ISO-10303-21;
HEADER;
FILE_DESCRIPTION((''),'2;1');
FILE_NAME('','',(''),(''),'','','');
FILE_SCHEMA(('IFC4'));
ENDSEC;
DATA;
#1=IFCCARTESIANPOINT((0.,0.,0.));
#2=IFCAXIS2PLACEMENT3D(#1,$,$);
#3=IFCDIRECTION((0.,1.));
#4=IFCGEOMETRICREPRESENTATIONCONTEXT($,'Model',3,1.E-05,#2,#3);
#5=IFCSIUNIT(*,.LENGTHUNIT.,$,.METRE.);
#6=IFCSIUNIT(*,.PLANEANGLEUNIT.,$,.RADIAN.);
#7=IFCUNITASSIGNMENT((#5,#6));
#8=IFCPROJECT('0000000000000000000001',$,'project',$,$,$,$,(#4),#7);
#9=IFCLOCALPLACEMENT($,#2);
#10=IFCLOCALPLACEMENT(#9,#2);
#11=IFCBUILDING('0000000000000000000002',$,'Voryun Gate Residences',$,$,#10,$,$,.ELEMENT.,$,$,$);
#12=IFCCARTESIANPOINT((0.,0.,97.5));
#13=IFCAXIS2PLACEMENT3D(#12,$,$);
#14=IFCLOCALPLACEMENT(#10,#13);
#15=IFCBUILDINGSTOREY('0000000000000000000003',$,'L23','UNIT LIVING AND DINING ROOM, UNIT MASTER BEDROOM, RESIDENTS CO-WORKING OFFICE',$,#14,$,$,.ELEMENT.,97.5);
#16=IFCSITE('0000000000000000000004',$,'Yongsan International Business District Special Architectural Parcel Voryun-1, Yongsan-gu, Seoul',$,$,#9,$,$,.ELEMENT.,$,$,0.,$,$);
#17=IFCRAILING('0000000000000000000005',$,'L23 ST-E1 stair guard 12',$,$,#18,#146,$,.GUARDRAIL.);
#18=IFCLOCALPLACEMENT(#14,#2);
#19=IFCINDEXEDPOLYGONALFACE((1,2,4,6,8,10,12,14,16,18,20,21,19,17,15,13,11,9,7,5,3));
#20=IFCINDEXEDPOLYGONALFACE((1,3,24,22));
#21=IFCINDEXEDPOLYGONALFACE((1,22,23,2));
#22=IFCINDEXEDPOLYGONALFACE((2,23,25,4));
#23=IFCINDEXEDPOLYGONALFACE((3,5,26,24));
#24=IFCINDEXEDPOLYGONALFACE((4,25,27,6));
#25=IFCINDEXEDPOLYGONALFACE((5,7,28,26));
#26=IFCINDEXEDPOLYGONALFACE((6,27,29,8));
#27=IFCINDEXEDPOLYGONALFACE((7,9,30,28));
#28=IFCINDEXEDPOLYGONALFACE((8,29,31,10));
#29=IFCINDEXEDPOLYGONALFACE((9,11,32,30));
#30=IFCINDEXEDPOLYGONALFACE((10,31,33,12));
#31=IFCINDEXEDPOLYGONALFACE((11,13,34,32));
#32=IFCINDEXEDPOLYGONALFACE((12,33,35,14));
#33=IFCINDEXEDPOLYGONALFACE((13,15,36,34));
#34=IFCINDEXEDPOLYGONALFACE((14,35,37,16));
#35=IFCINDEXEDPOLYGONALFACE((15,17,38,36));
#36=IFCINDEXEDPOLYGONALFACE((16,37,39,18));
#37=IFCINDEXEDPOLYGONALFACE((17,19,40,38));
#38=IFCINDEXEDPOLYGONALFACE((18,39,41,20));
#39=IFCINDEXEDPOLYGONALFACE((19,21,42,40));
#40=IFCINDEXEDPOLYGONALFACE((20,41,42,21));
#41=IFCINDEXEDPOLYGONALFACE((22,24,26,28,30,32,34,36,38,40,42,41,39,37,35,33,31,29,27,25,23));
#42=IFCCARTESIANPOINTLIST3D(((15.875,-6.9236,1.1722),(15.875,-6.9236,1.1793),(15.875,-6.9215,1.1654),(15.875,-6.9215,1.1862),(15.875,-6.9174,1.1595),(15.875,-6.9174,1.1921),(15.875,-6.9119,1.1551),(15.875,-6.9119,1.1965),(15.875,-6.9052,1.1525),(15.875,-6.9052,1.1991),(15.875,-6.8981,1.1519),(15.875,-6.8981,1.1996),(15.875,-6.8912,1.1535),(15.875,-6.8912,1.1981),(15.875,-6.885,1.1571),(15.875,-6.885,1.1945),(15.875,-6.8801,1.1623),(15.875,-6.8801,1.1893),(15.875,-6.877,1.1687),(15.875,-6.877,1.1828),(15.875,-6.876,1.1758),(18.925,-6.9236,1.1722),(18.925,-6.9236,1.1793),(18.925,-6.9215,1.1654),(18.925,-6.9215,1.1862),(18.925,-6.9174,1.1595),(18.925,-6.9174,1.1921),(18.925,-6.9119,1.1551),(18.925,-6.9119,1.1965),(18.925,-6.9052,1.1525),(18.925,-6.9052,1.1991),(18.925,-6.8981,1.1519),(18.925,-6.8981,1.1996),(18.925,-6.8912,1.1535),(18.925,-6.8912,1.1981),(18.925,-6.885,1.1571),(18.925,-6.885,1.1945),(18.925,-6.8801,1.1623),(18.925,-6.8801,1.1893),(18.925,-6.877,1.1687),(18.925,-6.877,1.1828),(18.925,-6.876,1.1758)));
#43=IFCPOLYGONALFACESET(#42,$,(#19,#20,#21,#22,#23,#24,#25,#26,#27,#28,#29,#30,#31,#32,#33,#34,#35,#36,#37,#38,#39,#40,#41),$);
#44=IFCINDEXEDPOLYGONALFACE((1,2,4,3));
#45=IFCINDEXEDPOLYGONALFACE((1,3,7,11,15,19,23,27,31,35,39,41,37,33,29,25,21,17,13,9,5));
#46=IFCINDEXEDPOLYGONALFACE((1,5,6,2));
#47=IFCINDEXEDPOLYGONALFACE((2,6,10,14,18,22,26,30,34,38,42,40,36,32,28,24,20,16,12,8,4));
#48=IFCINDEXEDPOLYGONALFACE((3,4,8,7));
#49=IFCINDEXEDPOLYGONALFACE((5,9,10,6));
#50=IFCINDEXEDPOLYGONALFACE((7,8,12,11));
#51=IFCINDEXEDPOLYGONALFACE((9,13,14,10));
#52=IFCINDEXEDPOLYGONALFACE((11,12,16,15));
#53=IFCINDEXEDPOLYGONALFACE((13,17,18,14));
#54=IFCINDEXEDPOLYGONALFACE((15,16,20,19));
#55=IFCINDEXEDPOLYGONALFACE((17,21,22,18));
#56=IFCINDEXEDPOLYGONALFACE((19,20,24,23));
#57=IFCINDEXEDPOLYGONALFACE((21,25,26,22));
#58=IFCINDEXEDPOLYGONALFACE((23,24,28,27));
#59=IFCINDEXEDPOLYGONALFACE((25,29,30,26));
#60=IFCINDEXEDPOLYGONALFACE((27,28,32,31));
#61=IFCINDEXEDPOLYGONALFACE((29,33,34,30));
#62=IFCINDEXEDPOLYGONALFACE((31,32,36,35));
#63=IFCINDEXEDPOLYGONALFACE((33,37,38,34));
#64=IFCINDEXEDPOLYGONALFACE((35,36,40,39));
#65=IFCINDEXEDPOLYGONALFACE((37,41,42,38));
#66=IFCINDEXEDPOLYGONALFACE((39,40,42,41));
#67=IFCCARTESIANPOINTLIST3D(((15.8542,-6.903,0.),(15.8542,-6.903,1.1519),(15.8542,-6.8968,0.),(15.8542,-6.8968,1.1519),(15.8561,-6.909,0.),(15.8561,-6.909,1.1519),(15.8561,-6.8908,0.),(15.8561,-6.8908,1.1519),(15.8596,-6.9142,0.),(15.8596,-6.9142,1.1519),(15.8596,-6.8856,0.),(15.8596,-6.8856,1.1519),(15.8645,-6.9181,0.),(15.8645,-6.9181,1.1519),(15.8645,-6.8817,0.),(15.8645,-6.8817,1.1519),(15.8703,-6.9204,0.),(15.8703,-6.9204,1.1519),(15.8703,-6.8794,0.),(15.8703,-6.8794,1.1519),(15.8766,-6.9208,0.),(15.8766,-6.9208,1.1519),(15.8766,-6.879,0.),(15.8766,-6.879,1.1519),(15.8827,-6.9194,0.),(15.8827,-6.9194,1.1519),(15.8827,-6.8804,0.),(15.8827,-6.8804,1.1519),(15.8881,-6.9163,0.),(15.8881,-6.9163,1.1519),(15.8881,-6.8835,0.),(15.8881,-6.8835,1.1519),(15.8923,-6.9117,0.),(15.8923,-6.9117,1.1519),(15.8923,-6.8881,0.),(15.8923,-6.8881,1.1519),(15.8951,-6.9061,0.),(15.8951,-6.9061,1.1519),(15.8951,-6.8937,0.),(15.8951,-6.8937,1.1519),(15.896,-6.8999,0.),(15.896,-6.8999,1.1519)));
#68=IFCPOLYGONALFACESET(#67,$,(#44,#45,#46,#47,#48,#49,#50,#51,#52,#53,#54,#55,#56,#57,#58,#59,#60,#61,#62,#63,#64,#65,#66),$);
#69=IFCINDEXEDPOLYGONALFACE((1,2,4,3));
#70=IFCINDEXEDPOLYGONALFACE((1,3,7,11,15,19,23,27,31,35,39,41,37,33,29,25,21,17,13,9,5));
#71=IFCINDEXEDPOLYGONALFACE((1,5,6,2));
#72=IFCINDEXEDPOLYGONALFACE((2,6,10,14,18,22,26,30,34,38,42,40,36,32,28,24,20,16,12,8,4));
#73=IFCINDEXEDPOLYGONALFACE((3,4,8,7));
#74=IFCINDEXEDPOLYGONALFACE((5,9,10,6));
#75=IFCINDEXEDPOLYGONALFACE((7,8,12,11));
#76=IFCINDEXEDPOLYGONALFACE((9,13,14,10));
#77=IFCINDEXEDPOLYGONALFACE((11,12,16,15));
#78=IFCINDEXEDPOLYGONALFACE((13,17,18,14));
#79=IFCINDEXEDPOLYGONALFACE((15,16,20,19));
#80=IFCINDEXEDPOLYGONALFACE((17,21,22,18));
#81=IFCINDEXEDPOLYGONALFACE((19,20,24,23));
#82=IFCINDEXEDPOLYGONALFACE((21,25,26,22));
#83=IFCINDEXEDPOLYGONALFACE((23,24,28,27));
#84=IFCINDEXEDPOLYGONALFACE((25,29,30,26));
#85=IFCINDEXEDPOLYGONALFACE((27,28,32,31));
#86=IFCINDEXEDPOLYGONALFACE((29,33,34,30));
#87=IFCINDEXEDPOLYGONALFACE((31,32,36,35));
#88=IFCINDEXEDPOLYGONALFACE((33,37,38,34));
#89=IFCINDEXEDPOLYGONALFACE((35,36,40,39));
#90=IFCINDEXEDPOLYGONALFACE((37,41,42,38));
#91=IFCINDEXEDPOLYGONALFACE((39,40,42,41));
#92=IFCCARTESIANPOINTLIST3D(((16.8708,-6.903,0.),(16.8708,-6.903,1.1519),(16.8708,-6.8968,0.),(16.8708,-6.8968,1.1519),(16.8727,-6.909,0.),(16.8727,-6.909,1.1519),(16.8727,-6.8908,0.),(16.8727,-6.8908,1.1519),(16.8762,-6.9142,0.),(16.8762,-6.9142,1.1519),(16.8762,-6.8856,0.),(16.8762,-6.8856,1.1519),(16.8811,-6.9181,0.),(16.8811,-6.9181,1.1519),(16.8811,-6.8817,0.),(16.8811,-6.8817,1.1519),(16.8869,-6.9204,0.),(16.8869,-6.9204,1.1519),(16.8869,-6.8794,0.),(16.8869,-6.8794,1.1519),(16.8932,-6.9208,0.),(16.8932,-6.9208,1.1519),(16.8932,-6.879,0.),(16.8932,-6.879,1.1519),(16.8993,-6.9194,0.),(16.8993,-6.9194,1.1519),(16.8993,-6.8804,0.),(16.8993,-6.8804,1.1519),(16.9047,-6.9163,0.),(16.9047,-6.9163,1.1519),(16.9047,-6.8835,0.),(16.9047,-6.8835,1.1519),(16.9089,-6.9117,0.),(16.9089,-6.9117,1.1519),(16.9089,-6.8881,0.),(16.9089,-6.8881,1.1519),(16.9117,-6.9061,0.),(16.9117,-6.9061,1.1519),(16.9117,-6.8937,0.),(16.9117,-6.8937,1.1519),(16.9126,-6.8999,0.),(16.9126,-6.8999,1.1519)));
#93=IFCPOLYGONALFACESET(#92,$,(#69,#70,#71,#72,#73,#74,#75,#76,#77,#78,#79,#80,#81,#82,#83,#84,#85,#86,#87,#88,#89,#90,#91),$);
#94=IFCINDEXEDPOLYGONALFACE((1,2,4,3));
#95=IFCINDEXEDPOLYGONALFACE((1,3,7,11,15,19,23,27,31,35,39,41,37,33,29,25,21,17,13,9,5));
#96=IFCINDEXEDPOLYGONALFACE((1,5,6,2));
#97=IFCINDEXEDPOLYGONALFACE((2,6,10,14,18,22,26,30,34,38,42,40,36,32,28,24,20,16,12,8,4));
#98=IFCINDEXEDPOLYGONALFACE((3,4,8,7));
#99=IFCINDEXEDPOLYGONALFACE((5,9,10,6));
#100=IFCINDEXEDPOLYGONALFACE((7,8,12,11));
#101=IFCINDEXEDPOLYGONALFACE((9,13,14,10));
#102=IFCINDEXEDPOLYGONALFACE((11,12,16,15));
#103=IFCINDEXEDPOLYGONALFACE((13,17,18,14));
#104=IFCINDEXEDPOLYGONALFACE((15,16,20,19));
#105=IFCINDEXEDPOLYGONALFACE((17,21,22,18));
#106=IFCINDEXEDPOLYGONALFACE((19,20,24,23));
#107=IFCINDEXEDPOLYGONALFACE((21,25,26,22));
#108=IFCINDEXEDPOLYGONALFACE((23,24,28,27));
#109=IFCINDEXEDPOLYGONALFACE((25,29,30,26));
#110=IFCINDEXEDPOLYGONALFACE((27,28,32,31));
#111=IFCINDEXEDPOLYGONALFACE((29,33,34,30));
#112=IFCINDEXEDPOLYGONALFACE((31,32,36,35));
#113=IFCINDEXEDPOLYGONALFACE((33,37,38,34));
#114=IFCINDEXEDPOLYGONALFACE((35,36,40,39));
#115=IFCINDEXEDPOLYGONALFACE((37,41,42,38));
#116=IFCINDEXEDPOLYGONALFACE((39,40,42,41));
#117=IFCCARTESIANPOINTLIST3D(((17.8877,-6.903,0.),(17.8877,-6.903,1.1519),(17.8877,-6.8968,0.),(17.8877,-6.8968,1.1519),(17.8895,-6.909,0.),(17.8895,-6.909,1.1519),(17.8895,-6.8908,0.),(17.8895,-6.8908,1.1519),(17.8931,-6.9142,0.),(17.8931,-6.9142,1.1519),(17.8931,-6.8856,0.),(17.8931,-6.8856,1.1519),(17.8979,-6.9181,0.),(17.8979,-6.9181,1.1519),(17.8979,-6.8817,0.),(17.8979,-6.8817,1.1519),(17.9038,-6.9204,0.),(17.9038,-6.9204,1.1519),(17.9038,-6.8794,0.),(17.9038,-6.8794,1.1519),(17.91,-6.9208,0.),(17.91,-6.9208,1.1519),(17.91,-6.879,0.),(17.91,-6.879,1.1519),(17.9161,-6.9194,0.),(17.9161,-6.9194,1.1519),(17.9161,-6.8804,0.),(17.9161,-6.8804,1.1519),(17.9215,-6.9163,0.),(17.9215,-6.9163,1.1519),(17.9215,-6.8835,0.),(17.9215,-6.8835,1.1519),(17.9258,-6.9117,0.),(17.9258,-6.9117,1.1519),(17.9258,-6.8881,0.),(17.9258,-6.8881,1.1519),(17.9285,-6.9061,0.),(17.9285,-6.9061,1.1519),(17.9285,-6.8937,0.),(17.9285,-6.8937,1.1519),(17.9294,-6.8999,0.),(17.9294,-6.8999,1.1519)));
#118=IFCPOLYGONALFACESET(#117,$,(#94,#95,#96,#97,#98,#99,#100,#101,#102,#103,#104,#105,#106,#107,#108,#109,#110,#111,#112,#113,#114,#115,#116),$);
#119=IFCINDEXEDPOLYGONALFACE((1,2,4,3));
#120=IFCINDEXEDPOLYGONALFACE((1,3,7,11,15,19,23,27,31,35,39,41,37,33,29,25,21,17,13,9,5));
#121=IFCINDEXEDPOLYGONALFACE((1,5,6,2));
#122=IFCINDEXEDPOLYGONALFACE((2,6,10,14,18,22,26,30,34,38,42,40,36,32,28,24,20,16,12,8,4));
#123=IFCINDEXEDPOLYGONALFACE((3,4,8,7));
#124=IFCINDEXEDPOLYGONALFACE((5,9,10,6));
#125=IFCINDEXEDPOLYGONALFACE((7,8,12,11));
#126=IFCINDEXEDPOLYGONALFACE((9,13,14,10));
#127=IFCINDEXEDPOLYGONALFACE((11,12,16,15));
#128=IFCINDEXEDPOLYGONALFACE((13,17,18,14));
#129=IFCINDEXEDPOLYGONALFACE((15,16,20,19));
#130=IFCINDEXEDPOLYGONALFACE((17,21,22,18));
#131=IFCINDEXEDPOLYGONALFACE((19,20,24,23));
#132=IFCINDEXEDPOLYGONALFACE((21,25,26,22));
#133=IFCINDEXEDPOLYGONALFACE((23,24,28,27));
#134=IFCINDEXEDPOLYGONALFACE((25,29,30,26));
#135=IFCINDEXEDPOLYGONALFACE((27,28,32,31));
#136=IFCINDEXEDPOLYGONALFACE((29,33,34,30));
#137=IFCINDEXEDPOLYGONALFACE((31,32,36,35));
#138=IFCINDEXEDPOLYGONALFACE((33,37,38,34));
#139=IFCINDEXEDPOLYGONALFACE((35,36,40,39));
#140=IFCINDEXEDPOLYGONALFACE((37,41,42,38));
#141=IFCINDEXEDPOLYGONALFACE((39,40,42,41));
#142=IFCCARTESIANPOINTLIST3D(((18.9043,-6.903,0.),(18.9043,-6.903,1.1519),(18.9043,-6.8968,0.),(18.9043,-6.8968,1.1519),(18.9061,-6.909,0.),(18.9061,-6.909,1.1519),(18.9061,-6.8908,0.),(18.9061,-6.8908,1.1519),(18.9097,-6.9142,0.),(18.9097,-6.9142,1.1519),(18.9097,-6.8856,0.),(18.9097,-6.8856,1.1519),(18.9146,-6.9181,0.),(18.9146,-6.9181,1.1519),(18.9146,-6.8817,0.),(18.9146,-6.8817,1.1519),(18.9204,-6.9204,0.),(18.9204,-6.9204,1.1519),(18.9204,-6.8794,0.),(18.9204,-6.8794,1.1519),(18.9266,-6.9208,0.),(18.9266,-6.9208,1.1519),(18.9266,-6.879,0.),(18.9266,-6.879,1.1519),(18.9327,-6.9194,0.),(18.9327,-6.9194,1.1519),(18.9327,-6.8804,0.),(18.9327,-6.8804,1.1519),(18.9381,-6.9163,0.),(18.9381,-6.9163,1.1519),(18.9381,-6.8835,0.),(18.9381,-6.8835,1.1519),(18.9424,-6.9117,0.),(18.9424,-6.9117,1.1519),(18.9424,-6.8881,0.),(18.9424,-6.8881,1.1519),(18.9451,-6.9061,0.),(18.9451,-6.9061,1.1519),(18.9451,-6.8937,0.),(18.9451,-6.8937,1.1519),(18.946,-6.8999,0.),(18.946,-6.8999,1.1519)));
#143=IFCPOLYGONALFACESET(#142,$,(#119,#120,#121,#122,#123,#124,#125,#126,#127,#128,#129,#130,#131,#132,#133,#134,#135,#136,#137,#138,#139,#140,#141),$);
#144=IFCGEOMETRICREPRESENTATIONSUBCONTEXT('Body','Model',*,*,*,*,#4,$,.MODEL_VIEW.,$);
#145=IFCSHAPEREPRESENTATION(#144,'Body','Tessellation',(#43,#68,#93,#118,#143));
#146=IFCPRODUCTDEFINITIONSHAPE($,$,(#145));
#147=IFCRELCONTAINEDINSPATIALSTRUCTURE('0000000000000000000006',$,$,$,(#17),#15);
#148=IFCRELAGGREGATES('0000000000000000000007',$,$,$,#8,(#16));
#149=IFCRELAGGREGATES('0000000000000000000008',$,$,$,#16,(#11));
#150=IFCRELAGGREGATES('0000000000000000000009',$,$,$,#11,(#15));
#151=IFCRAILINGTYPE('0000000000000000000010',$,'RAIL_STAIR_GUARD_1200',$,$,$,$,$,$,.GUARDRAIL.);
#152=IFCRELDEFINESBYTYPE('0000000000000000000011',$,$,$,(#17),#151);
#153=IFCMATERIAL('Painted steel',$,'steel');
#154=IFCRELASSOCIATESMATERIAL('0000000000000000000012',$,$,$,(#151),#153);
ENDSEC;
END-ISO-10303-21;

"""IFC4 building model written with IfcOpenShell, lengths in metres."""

from ifc_helpers import new_model, si_unit, direction, frame, origin, origin_2d, place, context, subcontext, project, spatial, circle, extrude, material, type_object, element, save


model = new_model("IFC4")

# Units and contexts
model_context = context("Model", 3, precision=1e-05, world=origin(), true_north=direction((0.0, 1.0)))
body_context = subcontext(model_context, "Body", "Model", "MODEL_VIEW")
ifc_project = project(units=[si_unit("LENGTHUNIT", "METRE"), si_unit("PLANEANGLEUNIT", "RADIAN")], contexts=[model_context])

# Site, building, storey
site_placement = place(None, origin())
site = spatial("IfcSite", under=ifc_project, at=site_placement, Name="Yongsan International Business District Special Architectural Parcel Voryun-1, Yongsan-gu, Seoul", CompositionType="ELEMENT", RefElevation=0.0)
building_placement = place(site_placement, origin())
building = spatial("IfcBuilding", under=site, at=building_placement, Name="Voryun Gate Residences", CompositionType="ELEMENT")
storey_placement = place(building_placement, frame((0.0, 0.0, 97.5)))
storey = spatial("IfcBuildingStorey", under=building, at=storey_placement, Name="L23", Description="UNIT LIVING AND DINING ROOM, UNIT MASTER BEDROOM, RESIDENTS CO-WORKING OFFICE", CompositionType="ELEMENT", Elevation=97.5)

# Railing
ifc_material_1 = material(Name="Painted steel", Category="steel")
railing_type_1 = type_object("IfcRailingType", Name="RAIL_STAIR_GUARD_1200", PredefinedType="GUARDRAIL", material=ifc_material_1)
railing_1_placement = place(storey_placement, frame((15.875, -6.8999, 0.0)))
element("IfcRailing", 1, at=railing_1_placement, inside=storey, type_object=railing_type_1, Name="L23 ST-E1 stair guard 12", PredefinedType="GUARDRAIL", context=body_context, shape_type="SweptSolid", body=[
    extrude(circle(Radius=0.0239, at=origin_2d()), frame((0.0, 0.0, 1.1758), z_axis=(1.0, 0.0, 0.0), x_axis=(0.0, 1.0, 0.0)), (0.0, 0.0, 1.0), 3.05),
    extrude(circle(Radius=0.021, at=origin_2d()), origin(), (0.0, 0.0, 1.0), 1.1519),
    extrude(circle(Radius=0.021, at=origin_2d()), frame((1.0166, 0.0, 0.0)), (0.0, 0.0, 1.0), 1.1519),
    extrude(circle(Radius=0.021, at=origin_2d()), frame((2.0334, 0.0, 0.0)), (0.0, 0.0, 1.0), 1.1519),
    extrude(circle(Radius=0.021, at=origin_2d()), frame((3.05, 0.0, 0.0)), (0.0, 0.0, 1.0), 1.1519),
])

save(model, "model.ifc")
